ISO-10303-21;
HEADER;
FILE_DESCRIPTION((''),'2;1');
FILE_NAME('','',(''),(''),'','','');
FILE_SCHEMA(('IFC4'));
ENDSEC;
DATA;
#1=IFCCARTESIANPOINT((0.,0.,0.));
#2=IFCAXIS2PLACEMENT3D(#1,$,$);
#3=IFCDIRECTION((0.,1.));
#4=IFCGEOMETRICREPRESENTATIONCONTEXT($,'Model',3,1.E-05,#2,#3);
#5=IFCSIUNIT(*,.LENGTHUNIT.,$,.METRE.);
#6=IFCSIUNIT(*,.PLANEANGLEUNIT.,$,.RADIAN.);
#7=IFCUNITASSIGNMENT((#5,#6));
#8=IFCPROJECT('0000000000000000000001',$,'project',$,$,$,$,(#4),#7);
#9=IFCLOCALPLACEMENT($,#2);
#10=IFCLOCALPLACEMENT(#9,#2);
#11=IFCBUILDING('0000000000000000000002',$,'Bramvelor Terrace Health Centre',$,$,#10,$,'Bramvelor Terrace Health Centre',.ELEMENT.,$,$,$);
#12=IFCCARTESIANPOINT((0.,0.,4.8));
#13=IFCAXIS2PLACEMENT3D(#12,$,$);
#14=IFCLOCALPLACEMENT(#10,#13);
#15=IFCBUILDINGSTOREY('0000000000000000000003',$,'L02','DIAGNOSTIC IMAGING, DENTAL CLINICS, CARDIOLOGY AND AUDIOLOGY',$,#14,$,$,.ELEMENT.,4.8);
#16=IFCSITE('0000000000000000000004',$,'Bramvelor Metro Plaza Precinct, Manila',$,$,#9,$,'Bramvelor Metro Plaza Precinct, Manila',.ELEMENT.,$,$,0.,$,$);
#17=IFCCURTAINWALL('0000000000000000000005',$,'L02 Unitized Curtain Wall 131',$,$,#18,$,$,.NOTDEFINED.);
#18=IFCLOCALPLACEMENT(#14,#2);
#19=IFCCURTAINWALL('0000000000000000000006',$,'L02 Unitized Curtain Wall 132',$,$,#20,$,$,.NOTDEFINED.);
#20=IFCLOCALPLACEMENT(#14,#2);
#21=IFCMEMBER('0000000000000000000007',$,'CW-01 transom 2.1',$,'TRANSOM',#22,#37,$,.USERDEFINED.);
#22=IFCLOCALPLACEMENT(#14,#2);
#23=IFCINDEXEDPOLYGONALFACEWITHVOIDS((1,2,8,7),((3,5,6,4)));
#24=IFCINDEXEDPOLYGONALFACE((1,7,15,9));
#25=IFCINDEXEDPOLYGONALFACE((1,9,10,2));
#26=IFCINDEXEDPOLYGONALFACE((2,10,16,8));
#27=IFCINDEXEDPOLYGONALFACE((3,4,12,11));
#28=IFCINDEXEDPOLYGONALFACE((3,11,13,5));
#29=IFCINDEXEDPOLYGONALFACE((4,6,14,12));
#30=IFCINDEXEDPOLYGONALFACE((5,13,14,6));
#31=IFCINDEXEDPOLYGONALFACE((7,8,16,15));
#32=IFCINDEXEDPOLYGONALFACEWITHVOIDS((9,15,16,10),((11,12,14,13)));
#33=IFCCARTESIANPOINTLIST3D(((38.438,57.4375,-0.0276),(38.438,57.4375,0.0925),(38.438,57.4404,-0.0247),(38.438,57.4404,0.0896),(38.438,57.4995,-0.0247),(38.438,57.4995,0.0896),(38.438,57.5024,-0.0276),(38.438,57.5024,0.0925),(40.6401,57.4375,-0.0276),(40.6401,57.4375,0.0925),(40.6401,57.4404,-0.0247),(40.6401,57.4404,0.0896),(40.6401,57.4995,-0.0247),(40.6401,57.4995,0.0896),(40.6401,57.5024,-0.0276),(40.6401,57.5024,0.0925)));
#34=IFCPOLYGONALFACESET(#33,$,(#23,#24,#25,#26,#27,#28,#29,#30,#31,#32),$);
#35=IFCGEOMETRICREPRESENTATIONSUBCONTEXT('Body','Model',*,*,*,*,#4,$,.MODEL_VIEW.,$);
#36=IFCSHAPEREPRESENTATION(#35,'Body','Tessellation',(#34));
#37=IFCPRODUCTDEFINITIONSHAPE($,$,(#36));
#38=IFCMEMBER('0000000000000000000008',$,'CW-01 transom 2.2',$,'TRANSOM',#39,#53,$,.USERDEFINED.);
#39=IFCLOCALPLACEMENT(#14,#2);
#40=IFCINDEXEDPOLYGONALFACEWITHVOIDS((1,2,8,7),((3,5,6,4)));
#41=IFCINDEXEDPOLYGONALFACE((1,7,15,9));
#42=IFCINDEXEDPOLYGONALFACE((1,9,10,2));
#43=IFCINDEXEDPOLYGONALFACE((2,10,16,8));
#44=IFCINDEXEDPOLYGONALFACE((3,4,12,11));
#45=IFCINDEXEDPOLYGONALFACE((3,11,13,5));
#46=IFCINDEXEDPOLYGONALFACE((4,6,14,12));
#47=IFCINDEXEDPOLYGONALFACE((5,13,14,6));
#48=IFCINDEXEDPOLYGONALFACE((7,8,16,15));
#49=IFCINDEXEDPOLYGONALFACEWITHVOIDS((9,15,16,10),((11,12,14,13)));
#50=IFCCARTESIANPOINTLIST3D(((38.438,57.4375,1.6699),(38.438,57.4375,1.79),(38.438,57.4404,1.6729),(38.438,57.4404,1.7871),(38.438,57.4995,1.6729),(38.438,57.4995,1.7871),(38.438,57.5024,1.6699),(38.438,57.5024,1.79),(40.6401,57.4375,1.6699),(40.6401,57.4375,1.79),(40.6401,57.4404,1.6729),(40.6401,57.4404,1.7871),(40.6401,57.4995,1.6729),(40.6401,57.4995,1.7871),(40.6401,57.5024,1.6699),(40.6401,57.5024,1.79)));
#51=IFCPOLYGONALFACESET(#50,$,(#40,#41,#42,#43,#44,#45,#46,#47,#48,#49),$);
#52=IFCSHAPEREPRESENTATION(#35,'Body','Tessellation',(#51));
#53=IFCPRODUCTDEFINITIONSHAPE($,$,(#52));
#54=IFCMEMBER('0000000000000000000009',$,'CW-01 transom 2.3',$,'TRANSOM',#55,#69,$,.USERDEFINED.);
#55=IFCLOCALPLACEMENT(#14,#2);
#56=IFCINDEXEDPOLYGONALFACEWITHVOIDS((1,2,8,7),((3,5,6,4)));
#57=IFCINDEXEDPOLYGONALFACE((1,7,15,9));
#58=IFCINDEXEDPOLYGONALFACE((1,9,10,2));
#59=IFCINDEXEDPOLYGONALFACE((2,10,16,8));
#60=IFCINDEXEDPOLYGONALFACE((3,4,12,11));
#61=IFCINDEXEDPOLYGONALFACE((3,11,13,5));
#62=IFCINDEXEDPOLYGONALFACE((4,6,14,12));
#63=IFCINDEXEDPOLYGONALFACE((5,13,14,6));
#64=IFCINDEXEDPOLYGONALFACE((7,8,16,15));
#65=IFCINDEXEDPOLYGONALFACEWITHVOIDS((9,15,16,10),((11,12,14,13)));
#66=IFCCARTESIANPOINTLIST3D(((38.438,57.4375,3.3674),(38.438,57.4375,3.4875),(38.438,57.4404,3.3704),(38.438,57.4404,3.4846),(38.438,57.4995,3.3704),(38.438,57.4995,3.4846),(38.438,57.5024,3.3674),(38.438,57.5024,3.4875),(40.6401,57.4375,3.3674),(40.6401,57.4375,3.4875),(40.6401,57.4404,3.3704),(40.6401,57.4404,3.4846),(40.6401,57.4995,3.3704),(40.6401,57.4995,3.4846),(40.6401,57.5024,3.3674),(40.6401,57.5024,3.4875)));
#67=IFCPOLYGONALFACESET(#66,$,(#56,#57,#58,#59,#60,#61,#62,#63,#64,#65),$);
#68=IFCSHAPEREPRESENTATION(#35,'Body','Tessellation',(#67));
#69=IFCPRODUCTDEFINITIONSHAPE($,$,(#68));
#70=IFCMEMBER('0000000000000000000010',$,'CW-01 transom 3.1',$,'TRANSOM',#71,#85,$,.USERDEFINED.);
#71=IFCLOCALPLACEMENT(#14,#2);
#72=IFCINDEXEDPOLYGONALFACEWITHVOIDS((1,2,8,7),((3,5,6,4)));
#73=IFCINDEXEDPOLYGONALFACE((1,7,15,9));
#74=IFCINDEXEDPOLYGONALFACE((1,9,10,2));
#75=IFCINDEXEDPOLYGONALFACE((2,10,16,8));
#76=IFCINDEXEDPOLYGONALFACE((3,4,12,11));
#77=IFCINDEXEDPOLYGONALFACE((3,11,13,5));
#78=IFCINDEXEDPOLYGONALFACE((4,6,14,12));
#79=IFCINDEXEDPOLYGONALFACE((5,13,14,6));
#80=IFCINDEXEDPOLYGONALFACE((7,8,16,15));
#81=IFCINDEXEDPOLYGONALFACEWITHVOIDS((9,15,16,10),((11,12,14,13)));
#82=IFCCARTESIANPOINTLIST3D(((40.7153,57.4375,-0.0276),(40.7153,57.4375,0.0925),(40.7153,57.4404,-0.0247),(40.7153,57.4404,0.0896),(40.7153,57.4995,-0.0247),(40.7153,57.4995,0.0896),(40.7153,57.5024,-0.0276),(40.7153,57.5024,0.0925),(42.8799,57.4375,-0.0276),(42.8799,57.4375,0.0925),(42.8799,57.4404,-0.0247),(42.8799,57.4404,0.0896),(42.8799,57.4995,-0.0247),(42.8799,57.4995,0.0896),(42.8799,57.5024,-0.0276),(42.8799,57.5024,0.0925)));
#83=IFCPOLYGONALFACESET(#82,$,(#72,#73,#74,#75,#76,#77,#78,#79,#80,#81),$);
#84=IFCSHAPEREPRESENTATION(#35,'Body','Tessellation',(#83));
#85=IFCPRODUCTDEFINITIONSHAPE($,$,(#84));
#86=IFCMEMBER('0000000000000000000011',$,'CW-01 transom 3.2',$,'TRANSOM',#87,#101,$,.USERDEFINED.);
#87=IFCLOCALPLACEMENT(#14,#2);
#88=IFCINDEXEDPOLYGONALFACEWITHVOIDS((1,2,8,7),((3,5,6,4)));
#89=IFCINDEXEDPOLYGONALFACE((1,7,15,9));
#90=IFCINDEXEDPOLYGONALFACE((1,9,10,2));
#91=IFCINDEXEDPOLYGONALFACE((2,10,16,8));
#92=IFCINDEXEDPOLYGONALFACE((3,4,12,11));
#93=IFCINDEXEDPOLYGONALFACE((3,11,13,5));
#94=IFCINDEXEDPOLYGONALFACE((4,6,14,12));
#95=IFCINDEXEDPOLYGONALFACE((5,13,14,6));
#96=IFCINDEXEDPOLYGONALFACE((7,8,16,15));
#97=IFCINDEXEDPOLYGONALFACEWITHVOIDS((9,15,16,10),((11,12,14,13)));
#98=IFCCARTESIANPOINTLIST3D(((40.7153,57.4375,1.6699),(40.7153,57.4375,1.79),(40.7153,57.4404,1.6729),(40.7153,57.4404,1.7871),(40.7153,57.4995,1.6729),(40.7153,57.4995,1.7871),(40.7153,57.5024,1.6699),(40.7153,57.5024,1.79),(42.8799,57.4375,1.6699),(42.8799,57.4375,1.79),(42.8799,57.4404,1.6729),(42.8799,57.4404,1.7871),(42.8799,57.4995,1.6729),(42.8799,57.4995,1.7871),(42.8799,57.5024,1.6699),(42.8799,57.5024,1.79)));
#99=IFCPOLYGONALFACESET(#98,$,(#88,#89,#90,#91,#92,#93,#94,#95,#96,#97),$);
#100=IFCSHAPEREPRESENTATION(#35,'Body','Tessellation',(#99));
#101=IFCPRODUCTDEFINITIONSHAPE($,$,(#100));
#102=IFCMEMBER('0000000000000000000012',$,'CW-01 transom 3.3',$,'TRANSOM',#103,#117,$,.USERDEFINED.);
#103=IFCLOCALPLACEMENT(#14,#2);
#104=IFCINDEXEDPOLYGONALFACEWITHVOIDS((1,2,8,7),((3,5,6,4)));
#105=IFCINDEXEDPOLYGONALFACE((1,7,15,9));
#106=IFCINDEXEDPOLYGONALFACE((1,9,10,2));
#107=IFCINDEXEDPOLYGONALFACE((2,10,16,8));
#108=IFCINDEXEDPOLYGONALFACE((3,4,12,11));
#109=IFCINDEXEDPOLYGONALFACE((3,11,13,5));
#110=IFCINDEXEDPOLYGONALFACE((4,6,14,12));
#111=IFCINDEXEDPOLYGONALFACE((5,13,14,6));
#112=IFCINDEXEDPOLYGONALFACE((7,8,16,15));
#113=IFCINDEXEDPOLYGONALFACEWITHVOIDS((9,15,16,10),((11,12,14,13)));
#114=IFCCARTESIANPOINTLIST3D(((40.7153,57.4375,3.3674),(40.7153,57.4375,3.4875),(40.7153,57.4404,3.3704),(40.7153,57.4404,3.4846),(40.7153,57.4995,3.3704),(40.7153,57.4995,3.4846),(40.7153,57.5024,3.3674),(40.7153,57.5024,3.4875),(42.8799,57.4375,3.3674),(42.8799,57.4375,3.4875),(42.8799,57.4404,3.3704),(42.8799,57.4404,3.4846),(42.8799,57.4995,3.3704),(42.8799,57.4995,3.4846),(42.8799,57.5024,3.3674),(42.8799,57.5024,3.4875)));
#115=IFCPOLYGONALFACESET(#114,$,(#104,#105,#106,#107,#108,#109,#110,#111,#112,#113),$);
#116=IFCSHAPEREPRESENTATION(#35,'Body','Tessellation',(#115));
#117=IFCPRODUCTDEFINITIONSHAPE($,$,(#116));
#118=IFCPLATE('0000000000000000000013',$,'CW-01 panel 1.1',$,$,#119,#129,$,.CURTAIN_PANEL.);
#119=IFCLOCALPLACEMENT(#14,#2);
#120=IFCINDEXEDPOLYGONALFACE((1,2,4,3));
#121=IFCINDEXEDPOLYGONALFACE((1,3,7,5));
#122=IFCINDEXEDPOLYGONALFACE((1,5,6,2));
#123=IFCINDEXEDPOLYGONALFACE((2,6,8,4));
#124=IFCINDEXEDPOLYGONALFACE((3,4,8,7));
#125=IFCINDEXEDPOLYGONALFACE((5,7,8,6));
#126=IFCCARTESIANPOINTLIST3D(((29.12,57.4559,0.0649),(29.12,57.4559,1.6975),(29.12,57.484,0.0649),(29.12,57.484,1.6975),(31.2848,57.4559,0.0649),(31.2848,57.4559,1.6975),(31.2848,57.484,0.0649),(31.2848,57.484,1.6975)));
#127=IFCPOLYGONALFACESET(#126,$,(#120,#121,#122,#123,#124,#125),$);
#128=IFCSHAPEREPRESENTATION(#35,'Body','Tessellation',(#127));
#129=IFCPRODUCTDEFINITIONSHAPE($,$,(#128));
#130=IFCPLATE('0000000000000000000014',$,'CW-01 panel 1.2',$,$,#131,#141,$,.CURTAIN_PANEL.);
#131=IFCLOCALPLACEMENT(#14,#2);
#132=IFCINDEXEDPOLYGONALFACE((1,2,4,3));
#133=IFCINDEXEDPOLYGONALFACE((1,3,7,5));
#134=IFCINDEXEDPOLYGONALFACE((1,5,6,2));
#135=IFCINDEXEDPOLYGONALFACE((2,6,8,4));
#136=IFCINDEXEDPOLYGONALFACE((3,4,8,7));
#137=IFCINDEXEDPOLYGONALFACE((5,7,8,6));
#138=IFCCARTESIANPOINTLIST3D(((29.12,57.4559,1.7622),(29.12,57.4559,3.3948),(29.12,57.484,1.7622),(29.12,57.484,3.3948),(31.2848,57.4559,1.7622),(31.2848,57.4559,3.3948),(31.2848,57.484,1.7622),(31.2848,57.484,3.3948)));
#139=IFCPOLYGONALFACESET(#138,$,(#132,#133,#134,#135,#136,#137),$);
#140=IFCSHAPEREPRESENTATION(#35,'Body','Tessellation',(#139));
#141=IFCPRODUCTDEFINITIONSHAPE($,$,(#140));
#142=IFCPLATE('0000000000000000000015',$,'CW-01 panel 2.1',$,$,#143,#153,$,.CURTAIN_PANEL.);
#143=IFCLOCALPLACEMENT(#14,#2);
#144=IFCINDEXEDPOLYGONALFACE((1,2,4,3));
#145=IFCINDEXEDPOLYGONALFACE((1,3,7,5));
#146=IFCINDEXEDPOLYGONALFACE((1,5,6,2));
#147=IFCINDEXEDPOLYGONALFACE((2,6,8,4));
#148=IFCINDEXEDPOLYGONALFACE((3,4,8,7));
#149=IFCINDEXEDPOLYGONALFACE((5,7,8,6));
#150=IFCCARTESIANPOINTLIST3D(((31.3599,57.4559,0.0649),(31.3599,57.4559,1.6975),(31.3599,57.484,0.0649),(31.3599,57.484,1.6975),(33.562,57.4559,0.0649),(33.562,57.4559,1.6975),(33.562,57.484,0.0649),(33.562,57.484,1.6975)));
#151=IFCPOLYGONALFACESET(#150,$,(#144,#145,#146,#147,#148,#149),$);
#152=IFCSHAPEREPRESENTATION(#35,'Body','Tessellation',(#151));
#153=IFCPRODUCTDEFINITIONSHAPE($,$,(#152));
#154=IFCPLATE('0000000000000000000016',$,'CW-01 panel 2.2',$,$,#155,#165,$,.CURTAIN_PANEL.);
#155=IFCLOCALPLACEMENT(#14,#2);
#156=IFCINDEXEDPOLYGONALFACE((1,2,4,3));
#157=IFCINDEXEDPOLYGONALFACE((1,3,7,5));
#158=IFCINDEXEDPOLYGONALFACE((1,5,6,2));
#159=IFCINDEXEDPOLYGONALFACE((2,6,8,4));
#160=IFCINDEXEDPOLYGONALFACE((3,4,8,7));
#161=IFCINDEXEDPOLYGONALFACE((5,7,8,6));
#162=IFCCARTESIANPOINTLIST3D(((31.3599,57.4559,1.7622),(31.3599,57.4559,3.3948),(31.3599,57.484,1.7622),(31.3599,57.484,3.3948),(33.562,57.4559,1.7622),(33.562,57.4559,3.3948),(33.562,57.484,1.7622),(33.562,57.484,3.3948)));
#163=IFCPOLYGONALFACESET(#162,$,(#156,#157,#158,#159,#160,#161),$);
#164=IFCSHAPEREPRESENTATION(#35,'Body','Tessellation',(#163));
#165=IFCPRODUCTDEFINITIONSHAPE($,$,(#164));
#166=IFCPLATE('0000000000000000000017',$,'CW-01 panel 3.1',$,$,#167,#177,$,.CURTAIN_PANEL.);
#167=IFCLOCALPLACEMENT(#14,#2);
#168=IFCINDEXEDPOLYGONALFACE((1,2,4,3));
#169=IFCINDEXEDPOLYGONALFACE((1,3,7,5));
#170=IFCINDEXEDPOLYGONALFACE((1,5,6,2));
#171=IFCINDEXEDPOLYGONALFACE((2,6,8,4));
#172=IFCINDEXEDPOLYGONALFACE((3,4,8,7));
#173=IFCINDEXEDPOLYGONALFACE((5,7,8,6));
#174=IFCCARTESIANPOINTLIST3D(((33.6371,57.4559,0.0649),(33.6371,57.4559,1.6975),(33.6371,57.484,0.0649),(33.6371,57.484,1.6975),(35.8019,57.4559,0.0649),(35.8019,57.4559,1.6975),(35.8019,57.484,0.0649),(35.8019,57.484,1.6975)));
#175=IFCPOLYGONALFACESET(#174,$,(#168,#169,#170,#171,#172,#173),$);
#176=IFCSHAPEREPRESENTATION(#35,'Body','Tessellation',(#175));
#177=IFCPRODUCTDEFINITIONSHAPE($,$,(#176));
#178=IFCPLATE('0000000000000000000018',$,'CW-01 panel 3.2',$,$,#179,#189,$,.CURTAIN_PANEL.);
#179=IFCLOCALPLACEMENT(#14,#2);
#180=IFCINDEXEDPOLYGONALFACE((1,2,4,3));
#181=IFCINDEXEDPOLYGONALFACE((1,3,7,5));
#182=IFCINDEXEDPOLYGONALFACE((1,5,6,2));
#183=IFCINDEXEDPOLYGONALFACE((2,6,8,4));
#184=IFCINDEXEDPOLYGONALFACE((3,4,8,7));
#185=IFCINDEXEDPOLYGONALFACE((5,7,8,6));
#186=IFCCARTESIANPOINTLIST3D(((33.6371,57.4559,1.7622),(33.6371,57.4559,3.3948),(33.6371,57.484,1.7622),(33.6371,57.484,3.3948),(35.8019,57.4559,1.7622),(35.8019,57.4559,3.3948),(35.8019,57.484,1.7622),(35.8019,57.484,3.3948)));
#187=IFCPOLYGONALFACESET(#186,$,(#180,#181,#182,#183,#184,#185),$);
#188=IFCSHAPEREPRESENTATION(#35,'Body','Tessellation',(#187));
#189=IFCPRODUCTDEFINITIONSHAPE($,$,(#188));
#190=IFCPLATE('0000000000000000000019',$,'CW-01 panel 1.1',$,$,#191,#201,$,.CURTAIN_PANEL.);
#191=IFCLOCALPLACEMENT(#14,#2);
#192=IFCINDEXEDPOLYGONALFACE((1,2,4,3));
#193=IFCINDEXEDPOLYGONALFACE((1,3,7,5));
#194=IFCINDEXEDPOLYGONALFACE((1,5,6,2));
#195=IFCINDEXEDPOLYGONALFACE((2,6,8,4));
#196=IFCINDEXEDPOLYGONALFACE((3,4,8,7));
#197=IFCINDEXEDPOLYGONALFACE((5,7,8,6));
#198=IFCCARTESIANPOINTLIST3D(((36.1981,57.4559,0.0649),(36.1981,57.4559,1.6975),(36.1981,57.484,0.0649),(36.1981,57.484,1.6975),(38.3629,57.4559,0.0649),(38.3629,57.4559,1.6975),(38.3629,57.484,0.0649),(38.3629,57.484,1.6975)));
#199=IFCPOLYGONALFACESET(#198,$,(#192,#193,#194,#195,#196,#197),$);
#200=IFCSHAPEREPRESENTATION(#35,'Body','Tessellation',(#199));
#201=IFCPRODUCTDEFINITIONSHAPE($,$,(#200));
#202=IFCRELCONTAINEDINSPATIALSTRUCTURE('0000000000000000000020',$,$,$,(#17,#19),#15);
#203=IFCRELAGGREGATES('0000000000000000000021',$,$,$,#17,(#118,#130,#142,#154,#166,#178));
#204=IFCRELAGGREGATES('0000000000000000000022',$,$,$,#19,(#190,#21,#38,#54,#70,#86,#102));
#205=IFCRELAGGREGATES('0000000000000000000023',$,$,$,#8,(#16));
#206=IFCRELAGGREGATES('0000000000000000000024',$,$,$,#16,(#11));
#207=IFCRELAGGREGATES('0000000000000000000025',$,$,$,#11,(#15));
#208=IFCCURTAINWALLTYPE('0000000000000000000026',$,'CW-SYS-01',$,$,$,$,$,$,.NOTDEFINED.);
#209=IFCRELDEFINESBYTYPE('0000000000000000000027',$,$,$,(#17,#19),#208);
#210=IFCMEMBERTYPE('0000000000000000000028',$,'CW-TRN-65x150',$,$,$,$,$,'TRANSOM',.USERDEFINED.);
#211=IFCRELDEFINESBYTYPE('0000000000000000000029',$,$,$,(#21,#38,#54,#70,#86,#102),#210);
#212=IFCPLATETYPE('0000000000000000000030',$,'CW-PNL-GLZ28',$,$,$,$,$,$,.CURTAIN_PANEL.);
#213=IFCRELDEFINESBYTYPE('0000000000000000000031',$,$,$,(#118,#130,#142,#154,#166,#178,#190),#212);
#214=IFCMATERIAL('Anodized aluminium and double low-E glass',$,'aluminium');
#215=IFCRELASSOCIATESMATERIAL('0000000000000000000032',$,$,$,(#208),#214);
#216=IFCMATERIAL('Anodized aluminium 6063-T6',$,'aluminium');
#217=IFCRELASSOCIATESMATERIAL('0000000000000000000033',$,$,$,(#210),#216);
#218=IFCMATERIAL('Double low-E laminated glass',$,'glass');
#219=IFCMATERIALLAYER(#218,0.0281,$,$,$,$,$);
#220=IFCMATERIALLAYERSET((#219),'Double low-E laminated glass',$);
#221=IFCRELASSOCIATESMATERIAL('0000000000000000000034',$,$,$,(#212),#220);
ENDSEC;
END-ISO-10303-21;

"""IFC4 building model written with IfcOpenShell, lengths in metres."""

from ifc_helpers import new_model, si_unit, direction, frame, origin, origin_2d, place, context, subcontext, project, spatial, rectangle, hollow_rectangle, extrude, material, layer, layer_set, material_profile, profile_set, type_object, element, aggregate, save


model = new_model("IFC4")

# Units and contexts
model_context = context("Model", 3, precision=1e-05, world=origin(), true_north=direction((0.0, 1.0)))
body_context = subcontext(model_context, "Body", "Model", "MODEL_VIEW")
ifc_project = project(units=[si_unit("LENGTHUNIT", "METRE"), si_unit("PLANEANGLEUNIT", "RADIAN")], contexts=[model_context])

# Site, building, storey
site_placement = place(None, origin())
site = spatial("IfcSite", under=ifc_project, at=site_placement, Name="Bramvelor Metro Plaza Precinct, Manila", LongName="Bramvelor Metro Plaza Precinct, Manila", CompositionType="ELEMENT", RefElevation=0.0)
building_placement = place(site_placement, origin())
building = spatial("IfcBuilding", under=site, at=building_placement, Name="Bramvelor Terrace Health Centre", LongName="Bramvelor Terrace Health Centre", CompositionType="ELEMENT")
storey_placement = place(building_placement, frame((0.0, 0.0, 4.8)))
storey = spatial("IfcBuildingStorey", under=building, at=storey_placement, Name="L02", Description="DIAGNOSTIC IMAGING, DENTAL CLINICS, CARDIOLOGY AND AUDIOLOGY", CompositionType="ELEMENT", Elevation=4.8)

# Curtain walls
ifc_material_1 = material(Name="Anodized aluminium and double low-E glass", Category="aluminium")
curtain_wall_type = type_object("IfcCurtainWallType", Name="CW-SYS-01", PredefinedType="NOTDEFINED", material=ifc_material_1)
curtain_wall_1_placement = place(storey_placement, origin())
curtain_wall_1 = element("IfcCurtainWall", 1, at=curtain_wall_1_placement, inside=storey, type_object=curtain_wall_type, Name="L02 Unitized Curtain Wall 131", PredefinedType="NOTDEFINED")
curtain_wall_2_placement = place(storey_placement, origin())
curtain_wall_2 = element("IfcCurtainWall", 2, at=curtain_wall_2_placement, inside=storey, type_object=curtain_wall_type, Name="L02 Unitized Curtain Wall 132", PredefinedType="NOTDEFINED")

# Members
ifc_material_2 = material(Name="Anodized aluminium 6063-T6", Category="aluminium")
ifc_material_profile_1 = material_profile(ifc_material_2, hollow_rectangle(XDim=0.0649, YDim=0.1201, WallThickness=0.0029, at=origin_2d()), Name="ALU-TRN 65x120x3.0")
ifc_profile_set_1 = profile_set([ifc_material_profile_1], Name="Anodized aluminium 6063-T6")
member_type_1 = type_object("IfcMemberType", Name="CW-TRN-65x150", ElementType="TRANSOM", PredefinedType="USERDEFINED", material=ifc_profile_set_1)
member_1_placement = place(storey_placement, frame((38.438, 57.47, 0.0325), z_axis=(1.0, 0.0, 0.0), x_axis=(0.0, 1.0, 0.0)))
member_1 = element("IfcMember", 3, at=member_1_placement, type_object=member_type_1, Name="CW-01 transom 2.1", ObjectType="TRANSOM", PredefinedType="USERDEFINED", context=body_context, shape_type="SweptSolid", body=[
    extrude(hollow_rectangle(XDim=0.0649, YDim=0.1201, WallThickness=0.0029, at=origin_2d()), origin(), (0.0, 0.0, 1.0), 2.2021),
])
member_2_placement = place(storey_placement, frame((38.438, 57.47, 1.73), z_axis=(1.0, 0.0, 0.0), x_axis=(0.0, 1.0, 0.0)))
member_2 = element("IfcMember", 4, at=member_2_placement, type_object=member_type_1, Name="CW-01 transom 2.2", ObjectType="TRANSOM", PredefinedType="USERDEFINED", context=body_context, shape_type="SweptSolid", body=[
    extrude(hollow_rectangle(XDim=0.0649, YDim=0.1201, WallThickness=0.0029, at=origin_2d()), origin(), (0.0, 0.0, 1.0), 2.2021),
])
member_3_placement = place(storey_placement, frame((38.438, 57.47, 3.4275), z_axis=(1.0, 0.0, 0.0), x_axis=(0.0, 1.0, 0.0)))
member_3 = element("IfcMember", 5, at=member_3_placement, type_object=member_type_1, Name="CW-01 transom 2.3", ObjectType="TRANSOM", PredefinedType="USERDEFINED", context=body_context, shape_type="SweptSolid", body=[
    extrude(hollow_rectangle(XDim=0.0649, YDim=0.1201, WallThickness=0.0029, at=origin_2d()), origin(), (0.0, 0.0, 1.0), 2.2021),
])
member_4_placement = place(storey_placement, frame((40.7153, 57.47, 0.0325), z_axis=(1.0, 0.0, 0.0), x_axis=(0.0, 1.0, 0.0)))
member_4 = element("IfcMember", 6, at=member_4_placement, type_object=member_type_1, Name="CW-01 transom 3.1", ObjectType="TRANSOM", PredefinedType="USERDEFINED", context=body_context, shape_type="SweptSolid", body=[
    extrude(hollow_rectangle(XDim=0.0649, YDim=0.1201, WallThickness=0.0029, at=origin_2d()), origin(), (0.0, 0.0, 1.0), 2.1646),
])
member_5_placement = place(storey_placement, frame((40.7153, 57.47, 1.73), z_axis=(1.0, 0.0, 0.0), x_axis=(0.0, 1.0, 0.0)))
member_5 = element("IfcMember", 7, at=member_5_placement, type_object=member_type_1, Name="CW-01 transom 3.2", ObjectType="TRANSOM", PredefinedType="USERDEFINED", context=body_context, shape_type="SweptSolid", body=[
    extrude(hollow_rectangle(XDim=0.0649, YDim=0.1201, WallThickness=0.0029, at=origin_2d()), origin(), (0.0, 0.0, 1.0), 2.1646),
])
member_6_placement = place(storey_placement, frame((40.7153, 57.47, 3.4275), z_axis=(1.0, 0.0, 0.0), x_axis=(0.0, 1.0, 0.0)))
member_6 = element("IfcMember", 8, at=member_6_placement, type_object=member_type_1, Name="CW-01 transom 3.3", ObjectType="TRANSOM", PredefinedType="USERDEFINED", context=body_context, shape_type="SweptSolid", body=[
    extrude(hollow_rectangle(XDim=0.0649, YDim=0.1201, WallThickness=0.0029, at=origin_2d()), origin(), (0.0, 0.0, 1.0), 2.1646),
])

# Plates
ifc_material_3 = material(Name="Double low-E laminated glass", Category="glass")
ifc_layer = layer(ifc_material_3, 0.0281)
ifc_layer_set = layer_set([ifc_layer], Name="Double low-E laminated glass")
plate_type = type_object("IfcPlateType", Name="CW-PNL-GLZ28", PredefinedType="CURTAIN_PANEL", material=ifc_layer_set)
plate_1_placement = place(storey_placement, frame((30.2024, 57.47, 0.0649), z_axis=(0.0, 0.0, 1.0), x_axis=(1.0, 0.0, 0.0)))
plate_1 = element("IfcPlate", 9, at=plate_1_placement, type_object=plate_type, Name="CW-01 panel 1.1", PredefinedType="CURTAIN_PANEL", context=body_context, shape_type="SweptSolid", body=[
    extrude(rectangle(XDim=2.1648, YDim=0.0281, at=origin_2d()), origin(), (0.0, 0.0, 1.0), 1.6326),
])
plate_2_placement = place(storey_placement, frame((30.2024, 57.47, 1.7622), z_axis=(0.0, 0.0, 1.0), x_axis=(1.0, 0.0, 0.0)))
plate_2 = element("IfcPlate", 10, at=plate_2_placement, type_object=plate_type, Name="CW-01 panel 1.2", PredefinedType="CURTAIN_PANEL", context=body_context, shape_type="SweptSolid", body=[
    extrude(rectangle(XDim=2.1648, YDim=0.0281, at=origin_2d()), origin(), (0.0, 0.0, 1.0), 1.6326),
])
plate_3_placement = place(storey_placement, frame((32.4609, 57.47, 0.0649), z_axis=(0.0, 0.0, 1.0), x_axis=(1.0, 0.0, 0.0)))
plate_3 = element("IfcPlate", 11, at=plate_3_placement, type_object=plate_type, Name="CW-01 panel 2.1", PredefinedType="CURTAIN_PANEL", context=body_context, shape_type="SweptSolid", body=[
    extrude(rectangle(XDim=2.2021, YDim=0.0281, at=origin_2d()), origin(), (0.0, 0.0, 1.0), 1.6326),
])
plate_4_placement = place(storey_placement, frame((32.4609, 57.47, 1.7622), z_axis=(0.0, 0.0, 1.0), x_axis=(1.0, 0.0, 0.0)))
plate_4 = element("IfcPlate", 12, at=plate_4_placement, type_object=plate_type, Name="CW-01 panel 2.2", PredefinedType="CURTAIN_PANEL", context=body_context, shape_type="SweptSolid", body=[
    extrude(rectangle(XDim=2.2021, YDim=0.0281, at=origin_2d()), origin(), (0.0, 0.0, 1.0), 1.6326),
])
plate_5_placement = place(storey_placement, frame((34.7195, 57.47, 0.0649), z_axis=(0.0, 0.0, 1.0), x_axis=(1.0, 0.0, 0.0)))
plate_5 = element("IfcPlate", 13, at=plate_5_placement, type_object=plate_type, Name="CW-01 panel 3.1", PredefinedType="CURTAIN_PANEL", context=body_context, shape_type="SweptSolid", body=[
    extrude(rectangle(XDim=2.1648, YDim=0.0281, at=origin_2d()), origin(), (0.0, 0.0, 1.0), 1.6326),
])
plate_6_placement = place(storey_placement, frame((34.7195, 57.47, 1.7622), z_axis=(0.0, 0.0, 1.0), x_axis=(1.0, 0.0, 0.0)))
plate_6 = element("IfcPlate", 14, at=plate_6_placement, type_object=plate_type, Name="CW-01 panel 3.2", PredefinedType="CURTAIN_PANEL", context=body_context, shape_type="SweptSolid", body=[
    extrude(rectangle(XDim=2.1648, YDim=0.0281, at=origin_2d()), origin(), (0.0, 0.0, 1.0), 1.6326),
])
aggregate(curtain_wall_1, [plate_1, plate_2, plate_3, plate_4, plate_5, plate_6])
plate_7_placement = place(storey_placement, frame((37.2805, 57.47, 0.0649), z_axis=(0.0, 0.0, 1.0), x_axis=(1.0, 0.0, 0.0)))
plate_7 = element("IfcPlate", 15, at=plate_7_placement, type_object=plate_type, Name="CW-01 panel 1.1", PredefinedType="CURTAIN_PANEL", context=body_context, shape_type="SweptSolid", body=[
    extrude(rectangle(XDim=2.1648, YDim=0.0281, at=origin_2d()), origin(), (0.0, 0.0, 1.0), 1.6326),
])
aggregate(curtain_wall_2, [plate_7, member_1, member_2, member_3, member_4, member_5, member_6])

save(model, "model.ifc")
